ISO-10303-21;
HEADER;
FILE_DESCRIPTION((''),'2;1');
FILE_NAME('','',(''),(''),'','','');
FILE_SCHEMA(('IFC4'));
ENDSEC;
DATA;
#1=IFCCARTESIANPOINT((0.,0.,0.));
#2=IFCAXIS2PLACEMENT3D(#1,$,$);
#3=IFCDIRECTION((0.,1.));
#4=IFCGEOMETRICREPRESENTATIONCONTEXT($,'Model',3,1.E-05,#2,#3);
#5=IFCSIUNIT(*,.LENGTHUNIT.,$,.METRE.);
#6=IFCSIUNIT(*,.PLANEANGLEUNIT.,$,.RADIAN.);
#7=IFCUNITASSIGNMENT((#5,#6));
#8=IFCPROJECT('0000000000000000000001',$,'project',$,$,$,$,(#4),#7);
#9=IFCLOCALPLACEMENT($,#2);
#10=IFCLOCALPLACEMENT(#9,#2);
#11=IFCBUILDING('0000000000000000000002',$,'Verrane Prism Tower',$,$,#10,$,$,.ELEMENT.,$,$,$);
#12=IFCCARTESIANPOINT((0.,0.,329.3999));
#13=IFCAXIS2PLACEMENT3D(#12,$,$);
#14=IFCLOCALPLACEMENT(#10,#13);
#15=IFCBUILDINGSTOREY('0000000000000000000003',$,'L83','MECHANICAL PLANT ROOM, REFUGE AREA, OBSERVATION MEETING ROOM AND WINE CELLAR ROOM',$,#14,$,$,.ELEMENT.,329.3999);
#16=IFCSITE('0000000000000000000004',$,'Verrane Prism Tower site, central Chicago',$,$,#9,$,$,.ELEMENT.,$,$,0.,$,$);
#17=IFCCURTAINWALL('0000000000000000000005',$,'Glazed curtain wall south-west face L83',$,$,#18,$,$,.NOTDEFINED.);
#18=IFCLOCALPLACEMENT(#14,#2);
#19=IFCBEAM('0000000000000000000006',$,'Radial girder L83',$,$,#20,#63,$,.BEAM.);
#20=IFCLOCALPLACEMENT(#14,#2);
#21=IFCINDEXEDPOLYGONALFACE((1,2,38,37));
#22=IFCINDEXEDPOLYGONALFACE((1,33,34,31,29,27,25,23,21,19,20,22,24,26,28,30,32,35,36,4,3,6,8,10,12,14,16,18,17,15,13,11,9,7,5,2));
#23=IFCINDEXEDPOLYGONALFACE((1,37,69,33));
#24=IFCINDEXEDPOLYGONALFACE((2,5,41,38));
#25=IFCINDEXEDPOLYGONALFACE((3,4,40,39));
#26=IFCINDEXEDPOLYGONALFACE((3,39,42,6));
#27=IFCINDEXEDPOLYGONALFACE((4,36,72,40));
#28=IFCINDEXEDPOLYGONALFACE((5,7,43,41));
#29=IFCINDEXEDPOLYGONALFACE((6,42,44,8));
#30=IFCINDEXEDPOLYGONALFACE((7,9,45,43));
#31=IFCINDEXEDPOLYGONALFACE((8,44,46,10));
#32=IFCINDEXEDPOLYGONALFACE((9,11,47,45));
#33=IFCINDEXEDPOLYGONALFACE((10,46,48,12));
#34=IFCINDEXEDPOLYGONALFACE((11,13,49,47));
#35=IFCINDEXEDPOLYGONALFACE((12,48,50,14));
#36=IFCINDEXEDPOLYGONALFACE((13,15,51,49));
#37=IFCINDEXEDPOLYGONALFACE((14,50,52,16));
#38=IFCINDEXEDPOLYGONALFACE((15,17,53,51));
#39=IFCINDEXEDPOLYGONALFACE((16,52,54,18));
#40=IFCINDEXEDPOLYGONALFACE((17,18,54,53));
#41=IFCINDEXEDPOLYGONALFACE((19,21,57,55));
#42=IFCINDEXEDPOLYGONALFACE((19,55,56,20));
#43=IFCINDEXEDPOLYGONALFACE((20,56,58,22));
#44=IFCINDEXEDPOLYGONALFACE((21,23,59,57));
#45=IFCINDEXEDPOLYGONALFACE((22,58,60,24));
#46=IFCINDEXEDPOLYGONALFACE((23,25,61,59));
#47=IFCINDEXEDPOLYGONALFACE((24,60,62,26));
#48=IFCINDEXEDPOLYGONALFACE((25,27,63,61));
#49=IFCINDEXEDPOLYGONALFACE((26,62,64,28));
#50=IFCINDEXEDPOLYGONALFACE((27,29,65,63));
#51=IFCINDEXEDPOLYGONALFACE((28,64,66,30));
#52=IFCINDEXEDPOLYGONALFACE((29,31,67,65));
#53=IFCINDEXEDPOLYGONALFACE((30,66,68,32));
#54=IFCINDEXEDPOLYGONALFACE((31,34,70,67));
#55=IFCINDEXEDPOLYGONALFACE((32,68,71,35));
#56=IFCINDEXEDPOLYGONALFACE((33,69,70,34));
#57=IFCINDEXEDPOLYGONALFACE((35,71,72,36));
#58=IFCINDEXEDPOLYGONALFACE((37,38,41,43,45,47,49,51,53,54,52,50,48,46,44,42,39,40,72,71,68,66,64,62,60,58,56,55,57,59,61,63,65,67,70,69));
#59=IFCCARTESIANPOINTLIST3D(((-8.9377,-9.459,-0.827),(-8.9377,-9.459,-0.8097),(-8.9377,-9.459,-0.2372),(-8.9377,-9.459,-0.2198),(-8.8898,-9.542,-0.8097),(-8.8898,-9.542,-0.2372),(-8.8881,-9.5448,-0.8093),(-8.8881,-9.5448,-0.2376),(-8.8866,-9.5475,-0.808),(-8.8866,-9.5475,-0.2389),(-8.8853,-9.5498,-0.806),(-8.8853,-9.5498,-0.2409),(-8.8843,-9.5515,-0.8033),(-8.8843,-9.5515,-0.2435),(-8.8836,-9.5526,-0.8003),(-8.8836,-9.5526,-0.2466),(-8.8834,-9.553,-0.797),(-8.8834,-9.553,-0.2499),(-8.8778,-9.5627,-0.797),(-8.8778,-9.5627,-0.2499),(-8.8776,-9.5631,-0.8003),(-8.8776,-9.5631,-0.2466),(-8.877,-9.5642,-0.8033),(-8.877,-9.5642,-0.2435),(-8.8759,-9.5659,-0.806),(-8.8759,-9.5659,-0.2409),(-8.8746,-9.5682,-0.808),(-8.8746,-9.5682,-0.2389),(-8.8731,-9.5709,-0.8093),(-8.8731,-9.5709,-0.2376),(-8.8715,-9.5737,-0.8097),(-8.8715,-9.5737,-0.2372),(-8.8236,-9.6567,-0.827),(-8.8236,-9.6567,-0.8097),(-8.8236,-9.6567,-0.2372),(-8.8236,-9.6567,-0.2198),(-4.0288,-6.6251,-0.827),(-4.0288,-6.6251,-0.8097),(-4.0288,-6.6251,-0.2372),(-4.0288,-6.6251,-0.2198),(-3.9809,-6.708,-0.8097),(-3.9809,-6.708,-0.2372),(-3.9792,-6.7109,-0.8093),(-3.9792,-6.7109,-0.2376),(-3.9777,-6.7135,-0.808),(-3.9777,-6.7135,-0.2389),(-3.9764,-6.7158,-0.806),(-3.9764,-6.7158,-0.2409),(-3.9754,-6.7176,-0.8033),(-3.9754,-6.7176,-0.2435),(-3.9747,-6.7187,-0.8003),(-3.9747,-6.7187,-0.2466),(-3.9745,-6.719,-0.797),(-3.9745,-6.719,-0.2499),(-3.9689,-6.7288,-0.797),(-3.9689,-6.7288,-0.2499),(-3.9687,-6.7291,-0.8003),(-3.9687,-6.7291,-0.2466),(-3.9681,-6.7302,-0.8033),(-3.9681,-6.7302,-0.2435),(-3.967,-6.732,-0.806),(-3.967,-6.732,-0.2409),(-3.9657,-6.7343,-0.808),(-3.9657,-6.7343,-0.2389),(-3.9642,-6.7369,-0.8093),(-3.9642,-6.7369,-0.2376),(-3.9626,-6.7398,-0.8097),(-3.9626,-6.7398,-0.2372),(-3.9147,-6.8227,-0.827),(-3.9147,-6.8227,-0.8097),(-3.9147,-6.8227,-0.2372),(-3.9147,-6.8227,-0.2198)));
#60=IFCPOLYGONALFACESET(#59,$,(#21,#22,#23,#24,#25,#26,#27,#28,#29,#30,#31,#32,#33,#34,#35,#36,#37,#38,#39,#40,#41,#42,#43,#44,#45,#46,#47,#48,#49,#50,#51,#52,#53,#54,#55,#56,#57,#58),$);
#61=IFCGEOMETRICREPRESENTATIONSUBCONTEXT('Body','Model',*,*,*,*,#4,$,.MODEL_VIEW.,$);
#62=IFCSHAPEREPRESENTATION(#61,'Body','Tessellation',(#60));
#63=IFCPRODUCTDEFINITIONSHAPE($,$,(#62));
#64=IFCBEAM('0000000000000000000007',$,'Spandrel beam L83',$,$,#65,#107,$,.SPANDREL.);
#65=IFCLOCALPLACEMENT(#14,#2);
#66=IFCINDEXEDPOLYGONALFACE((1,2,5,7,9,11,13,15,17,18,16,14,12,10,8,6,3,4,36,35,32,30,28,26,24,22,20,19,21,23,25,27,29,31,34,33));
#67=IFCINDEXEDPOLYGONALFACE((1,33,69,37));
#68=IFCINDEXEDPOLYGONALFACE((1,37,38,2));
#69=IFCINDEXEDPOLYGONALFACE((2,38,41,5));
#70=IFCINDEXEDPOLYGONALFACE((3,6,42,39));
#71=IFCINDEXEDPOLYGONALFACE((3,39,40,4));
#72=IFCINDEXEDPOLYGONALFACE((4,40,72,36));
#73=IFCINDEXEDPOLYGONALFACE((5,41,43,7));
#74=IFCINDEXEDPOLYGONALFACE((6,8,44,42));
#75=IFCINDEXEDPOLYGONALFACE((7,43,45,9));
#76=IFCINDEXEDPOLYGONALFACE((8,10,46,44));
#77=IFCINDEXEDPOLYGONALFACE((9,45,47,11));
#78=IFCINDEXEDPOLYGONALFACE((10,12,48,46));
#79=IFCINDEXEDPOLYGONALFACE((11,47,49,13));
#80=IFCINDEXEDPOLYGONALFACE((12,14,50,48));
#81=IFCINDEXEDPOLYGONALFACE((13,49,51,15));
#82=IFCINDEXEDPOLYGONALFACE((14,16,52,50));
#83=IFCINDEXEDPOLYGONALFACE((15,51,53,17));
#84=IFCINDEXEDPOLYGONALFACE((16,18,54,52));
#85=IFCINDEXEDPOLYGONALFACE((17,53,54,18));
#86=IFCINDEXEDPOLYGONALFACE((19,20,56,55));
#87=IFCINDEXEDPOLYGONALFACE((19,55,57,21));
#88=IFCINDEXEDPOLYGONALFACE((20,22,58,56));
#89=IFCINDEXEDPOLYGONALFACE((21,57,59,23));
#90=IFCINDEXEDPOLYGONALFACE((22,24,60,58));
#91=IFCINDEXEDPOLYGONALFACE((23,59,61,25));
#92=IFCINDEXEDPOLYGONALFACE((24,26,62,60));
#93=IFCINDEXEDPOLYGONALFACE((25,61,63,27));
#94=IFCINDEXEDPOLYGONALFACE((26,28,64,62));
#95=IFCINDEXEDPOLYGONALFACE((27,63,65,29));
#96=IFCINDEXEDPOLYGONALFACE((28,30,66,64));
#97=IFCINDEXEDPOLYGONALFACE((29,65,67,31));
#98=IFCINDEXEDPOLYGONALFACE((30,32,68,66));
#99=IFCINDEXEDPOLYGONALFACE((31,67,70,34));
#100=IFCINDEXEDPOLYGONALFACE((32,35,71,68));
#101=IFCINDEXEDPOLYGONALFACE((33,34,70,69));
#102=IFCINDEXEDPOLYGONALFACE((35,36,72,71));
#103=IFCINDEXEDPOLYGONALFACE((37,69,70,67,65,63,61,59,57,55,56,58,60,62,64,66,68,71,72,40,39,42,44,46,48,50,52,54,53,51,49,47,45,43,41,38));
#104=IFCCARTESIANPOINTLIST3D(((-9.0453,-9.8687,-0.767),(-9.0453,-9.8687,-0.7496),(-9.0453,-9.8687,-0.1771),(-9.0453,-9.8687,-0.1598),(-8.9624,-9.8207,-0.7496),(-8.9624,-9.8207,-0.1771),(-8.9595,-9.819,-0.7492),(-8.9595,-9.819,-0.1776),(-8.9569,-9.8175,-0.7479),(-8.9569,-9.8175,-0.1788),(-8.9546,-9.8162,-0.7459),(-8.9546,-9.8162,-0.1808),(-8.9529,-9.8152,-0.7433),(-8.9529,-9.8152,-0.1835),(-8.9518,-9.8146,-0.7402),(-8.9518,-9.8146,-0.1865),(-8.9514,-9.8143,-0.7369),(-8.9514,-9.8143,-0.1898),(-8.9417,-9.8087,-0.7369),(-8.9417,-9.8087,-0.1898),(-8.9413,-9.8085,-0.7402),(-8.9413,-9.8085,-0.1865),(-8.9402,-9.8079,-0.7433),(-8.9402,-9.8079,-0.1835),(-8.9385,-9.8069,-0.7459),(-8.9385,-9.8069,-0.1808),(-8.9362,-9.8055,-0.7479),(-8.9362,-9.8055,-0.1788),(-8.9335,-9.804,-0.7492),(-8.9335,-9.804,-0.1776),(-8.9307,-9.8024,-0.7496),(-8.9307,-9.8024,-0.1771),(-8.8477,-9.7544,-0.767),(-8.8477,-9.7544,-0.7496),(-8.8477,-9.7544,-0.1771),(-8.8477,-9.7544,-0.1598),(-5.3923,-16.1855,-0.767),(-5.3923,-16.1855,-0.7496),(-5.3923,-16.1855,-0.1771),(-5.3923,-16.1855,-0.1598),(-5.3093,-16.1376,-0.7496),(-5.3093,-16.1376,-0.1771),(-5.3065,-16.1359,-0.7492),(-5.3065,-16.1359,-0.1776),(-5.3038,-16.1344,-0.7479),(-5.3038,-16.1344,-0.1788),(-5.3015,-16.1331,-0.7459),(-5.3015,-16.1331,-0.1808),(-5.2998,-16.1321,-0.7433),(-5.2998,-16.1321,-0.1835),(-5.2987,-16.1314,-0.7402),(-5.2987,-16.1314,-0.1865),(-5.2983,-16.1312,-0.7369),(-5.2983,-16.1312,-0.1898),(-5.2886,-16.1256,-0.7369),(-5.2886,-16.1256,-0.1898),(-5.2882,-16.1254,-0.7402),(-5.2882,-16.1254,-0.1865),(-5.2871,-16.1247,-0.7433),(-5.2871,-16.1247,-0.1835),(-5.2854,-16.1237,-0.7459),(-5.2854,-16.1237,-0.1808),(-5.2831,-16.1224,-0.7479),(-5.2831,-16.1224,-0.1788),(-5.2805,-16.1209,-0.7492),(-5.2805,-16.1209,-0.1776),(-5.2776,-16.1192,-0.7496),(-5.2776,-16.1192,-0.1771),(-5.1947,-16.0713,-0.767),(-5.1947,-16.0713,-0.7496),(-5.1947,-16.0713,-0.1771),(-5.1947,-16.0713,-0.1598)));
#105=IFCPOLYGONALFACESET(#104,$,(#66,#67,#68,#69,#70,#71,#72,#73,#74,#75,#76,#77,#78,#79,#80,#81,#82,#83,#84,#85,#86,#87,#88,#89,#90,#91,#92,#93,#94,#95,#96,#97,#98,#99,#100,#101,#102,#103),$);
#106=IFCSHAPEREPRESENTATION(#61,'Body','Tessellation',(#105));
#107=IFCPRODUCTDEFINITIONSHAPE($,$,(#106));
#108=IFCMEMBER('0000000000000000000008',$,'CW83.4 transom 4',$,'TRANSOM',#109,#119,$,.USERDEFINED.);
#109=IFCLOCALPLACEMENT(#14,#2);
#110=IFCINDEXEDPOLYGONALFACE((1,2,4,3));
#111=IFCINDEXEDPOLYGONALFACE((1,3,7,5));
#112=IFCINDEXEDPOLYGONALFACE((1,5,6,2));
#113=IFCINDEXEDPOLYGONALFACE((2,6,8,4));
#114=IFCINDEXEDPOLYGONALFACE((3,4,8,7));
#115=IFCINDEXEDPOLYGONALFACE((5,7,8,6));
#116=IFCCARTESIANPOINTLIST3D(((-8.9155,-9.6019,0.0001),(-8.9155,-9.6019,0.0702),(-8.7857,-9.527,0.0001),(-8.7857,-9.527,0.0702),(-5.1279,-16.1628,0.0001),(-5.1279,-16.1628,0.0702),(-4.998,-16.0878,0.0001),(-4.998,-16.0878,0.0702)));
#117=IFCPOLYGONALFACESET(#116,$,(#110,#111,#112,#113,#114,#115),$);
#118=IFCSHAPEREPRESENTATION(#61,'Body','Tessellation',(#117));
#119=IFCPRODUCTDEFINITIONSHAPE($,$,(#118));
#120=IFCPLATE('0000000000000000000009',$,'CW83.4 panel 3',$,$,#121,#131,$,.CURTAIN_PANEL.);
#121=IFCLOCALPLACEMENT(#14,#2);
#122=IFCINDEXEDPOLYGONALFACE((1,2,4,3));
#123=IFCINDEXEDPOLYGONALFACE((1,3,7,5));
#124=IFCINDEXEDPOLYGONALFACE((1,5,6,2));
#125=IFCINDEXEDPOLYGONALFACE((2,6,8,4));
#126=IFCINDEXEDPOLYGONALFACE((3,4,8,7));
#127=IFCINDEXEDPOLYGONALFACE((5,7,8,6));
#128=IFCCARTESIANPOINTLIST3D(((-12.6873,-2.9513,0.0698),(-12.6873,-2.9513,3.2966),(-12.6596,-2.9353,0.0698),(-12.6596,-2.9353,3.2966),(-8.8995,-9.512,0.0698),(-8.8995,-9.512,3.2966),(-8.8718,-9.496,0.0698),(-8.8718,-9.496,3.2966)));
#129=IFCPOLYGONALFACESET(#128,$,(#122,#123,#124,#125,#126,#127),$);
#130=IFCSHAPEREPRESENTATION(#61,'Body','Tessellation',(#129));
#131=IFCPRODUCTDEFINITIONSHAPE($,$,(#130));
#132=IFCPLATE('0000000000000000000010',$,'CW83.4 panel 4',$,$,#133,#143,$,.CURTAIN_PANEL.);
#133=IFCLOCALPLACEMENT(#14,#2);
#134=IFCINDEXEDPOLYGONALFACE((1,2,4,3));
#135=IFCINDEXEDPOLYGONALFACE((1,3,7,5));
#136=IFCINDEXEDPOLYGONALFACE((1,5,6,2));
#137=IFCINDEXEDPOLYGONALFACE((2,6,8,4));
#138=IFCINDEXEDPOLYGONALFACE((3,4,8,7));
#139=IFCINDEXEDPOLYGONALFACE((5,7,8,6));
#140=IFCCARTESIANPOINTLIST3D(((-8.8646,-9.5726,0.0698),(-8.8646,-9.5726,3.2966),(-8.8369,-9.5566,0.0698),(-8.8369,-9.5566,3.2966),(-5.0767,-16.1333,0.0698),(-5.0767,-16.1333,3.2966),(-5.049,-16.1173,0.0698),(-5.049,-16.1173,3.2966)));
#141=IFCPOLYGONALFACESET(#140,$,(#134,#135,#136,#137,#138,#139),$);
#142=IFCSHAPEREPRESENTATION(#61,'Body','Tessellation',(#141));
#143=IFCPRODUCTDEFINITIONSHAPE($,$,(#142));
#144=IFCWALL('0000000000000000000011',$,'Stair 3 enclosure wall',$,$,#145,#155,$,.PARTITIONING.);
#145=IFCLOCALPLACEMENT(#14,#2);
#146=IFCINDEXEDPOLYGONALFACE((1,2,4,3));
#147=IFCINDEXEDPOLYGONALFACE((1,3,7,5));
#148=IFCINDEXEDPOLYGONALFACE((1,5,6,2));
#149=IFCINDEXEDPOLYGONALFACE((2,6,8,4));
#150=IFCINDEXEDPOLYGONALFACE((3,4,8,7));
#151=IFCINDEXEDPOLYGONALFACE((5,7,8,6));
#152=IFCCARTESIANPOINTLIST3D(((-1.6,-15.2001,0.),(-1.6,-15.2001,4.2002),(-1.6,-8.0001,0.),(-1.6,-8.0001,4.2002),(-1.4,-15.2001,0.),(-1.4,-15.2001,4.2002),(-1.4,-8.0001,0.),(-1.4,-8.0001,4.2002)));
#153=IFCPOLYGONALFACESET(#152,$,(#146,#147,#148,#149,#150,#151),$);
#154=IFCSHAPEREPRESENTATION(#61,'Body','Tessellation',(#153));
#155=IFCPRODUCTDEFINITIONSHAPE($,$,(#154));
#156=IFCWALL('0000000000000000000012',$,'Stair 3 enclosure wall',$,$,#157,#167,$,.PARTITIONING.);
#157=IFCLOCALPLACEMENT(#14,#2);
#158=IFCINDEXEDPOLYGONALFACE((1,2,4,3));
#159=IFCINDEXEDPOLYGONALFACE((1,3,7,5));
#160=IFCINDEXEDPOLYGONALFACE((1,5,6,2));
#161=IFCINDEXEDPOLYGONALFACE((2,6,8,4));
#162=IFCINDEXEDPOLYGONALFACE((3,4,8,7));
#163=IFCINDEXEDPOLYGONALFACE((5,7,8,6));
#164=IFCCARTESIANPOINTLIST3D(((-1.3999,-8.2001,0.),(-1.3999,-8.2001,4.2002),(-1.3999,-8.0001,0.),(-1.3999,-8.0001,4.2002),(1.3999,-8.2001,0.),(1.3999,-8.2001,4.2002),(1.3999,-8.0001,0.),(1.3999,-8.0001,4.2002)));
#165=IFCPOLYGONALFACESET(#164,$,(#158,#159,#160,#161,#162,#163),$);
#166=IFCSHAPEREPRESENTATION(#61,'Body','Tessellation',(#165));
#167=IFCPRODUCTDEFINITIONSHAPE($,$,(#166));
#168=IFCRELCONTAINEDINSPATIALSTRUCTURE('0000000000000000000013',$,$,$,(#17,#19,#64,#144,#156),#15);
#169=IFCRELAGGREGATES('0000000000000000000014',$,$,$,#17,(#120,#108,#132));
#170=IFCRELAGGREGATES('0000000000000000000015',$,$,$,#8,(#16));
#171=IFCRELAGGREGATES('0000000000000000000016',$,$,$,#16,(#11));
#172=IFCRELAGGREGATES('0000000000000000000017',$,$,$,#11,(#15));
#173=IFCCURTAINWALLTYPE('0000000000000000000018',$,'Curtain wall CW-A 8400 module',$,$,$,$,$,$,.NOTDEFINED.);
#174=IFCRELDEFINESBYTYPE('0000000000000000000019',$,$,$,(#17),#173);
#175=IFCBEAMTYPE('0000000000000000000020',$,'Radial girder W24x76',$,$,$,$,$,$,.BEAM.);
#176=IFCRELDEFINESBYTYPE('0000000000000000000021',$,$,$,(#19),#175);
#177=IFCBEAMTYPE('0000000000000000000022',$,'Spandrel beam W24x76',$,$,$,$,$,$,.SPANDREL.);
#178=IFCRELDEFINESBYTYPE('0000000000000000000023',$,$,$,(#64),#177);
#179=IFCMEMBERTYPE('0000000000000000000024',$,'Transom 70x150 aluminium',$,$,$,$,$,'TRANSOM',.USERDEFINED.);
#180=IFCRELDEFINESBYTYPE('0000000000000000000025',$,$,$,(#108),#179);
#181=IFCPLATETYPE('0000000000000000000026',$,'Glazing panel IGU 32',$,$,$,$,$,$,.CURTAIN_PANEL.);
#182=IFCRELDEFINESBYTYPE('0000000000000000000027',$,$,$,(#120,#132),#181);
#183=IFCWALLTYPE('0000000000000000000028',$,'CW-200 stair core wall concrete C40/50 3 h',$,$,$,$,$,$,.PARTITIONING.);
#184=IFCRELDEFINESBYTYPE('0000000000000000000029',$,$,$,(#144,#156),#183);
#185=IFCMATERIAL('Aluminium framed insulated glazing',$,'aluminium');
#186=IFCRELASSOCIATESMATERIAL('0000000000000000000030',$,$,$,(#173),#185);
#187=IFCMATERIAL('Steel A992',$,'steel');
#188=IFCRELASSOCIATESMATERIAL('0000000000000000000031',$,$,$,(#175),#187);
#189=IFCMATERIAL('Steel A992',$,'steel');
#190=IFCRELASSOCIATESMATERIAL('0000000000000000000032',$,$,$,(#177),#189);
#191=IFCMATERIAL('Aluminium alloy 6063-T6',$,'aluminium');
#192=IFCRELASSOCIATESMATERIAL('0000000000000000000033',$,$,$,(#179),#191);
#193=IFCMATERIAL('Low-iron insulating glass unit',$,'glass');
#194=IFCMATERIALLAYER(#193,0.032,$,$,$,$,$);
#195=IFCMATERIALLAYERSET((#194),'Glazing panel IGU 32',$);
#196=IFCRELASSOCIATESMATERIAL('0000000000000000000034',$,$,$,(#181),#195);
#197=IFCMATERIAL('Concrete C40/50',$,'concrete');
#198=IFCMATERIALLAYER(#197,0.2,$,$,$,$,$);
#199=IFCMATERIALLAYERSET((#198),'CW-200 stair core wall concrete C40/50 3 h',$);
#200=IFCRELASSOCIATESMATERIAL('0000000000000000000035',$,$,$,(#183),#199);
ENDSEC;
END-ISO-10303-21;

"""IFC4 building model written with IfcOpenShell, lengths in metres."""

from ifc_helpers import new_model, si_unit, direction, frame, frame_2d, origin, origin_2d, place, context, subcontext, project, spatial, rectangle, i_section, extrude, material, layer, layer_set, material_profile, profile_set, type_object, element, aggregate, save


model = new_model("IFC4")

# Units and contexts
model_context = context("Model", 3, precision=1e-05, world=origin(), true_north=direction((0.0, 1.0)))
body_context = subcontext(model_context, "Body", "Model", "MODEL_VIEW")
ifc_project = project(units=[si_unit("LENGTHUNIT", "METRE"), si_unit("PLANEANGLEUNIT", "RADIAN")], contexts=[model_context])

# Site, building, storey
site_placement = place(None, origin())
site = spatial("IfcSite", under=ifc_project, at=site_placement, Name="Verrane Prism Tower site, central Chicago", CompositionType="ELEMENT", RefElevation=0.0)
building_placement = place(site_placement, origin())
building = spatial("IfcBuilding", under=site, at=building_placement, Name="Verrane Prism Tower", CompositionType="ELEMENT")
storey_placement = place(building_placement, frame((0.0, 0.0, 329.3999)))
storey = spatial("IfcBuildingStorey", under=building, at=storey_placement, Name="L83", Description="MECHANICAL PLANT ROOM, REFUGE AREA, OBSERVATION MEETING ROOM AND WINE CELLAR ROOM", CompositionType="ELEMENT", Elevation=329.3999)

# Curtain wall
ifc_material_1 = material(Name="Aluminium framed insulated glazing", Category="aluminium")
curtain_wall_type = type_object("IfcCurtainWallType", Name="Curtain wall CW-A 8400 module", PredefinedType="NOTDEFINED", material=ifc_material_1)
curtain_wall_placement = place(storey_placement, origin())
curtain_wall = element("IfcCurtainWall", 1, at=curtain_wall_placement, inside=storey, type_object=curtain_wall_type, Name="Glazed curtain wall south-west face L83", PredefinedType="NOTDEFINED")

# Beams
ifc_material_2 = material(Name="Steel A992", Category="steel")
ifc_material_profile_1 = material_profile(ifc_material_2, i_section(OverallWidth=0.2283, OverallDepth=0.6072, WebThickness=0.0112, FlangeThickness=0.0173, FilletRadius=0.0127, at=origin_2d()), Name="W24x76")
ifc_profile_set_1 = profile_set([ifc_material_profile_1], Name="Steel A992")
beam_type_1 = type_object("IfcBeamType", Name="Radial girder W24x76", PredefinedType="BEAM", material=ifc_profile_set_1)
beam_1_placement = place(storey_placement, frame((-8.8806, -9.5579, -0.5234), z_axis=(0.86604, 0.499975, 0.0), x_axis=(-0.499975, 0.86604, 0.0)))
element("IfcBeam", 2, at=beam_1_placement, inside=storey, type_object=beam_type_1, Name="Radial girder L83", PredefinedType="BEAM", context=body_context, shape_type="SweptSolid", body=[
    extrude(i_section(OverallWidth=0.2283, OverallDepth=0.6072, WebThickness=0.0112, FlangeThickness=0.0173, FilletRadius=0.0127, at=origin_2d()), origin(), (0.0, 0.0, 1.0), 5.6682),
])
ifc_material_3 = material(Name="Steel A992", Category="steel")
ifc_material_profile_2 = material_profile(ifc_material_3, i_section(OverallWidth=0.2283, OverallDepth=0.6072, WebThickness=0.0112, FlangeThickness=0.0173, FilletRadius=0.0127, at=origin_2d()), Name="W24x76")
ifc_profile_set_2 = profile_set([ifc_material_profile_2], Name="Steel A992")
beam_type_2 = type_object("IfcBeamType", Name="Spandrel beam W24x76", PredefinedType="SPANDREL", material=ifc_profile_set_2)
beam_2_placement = place(storey_placement, frame((-8.9465, -9.8115, -0.4634), z_axis=(0.500618, -0.865668, 0.0), x_axis=(0.865668, 0.500618, 0.0)))
element("IfcBeam", 3, at=beam_2_placement, inside=storey, type_object=beam_type_2, Name="Spandrel beam L83", PredefinedType="SPANDREL", context=body_context, shape_type="SweptSolid", body=[
    extrude(i_section(OverallWidth=0.2283, OverallDepth=0.6072, WebThickness=0.0112, FlangeThickness=0.0173, FilletRadius=0.0127, at=origin_2d()), origin(), (0.0, 0.0, 1.0), 7.2971),
])

# Member
ifc_material_4 = material(Name="Aluminium alloy 6063-T6", Category="aluminium")
ifc_material_profile_3 = material_profile(ifc_material_4, rectangle(XDim=0.1499, YDim=0.0701, at=origin_2d()), Name="Transom 70x150 aluminium")
ifc_profile_set_3 = profile_set([ifc_material_profile_3], Name="Aluminium alloy 6063-T6")
member_type_1 = type_object("IfcMemberType", Name="Transom 70x150 aluminium", ElementType="TRANSOM", PredefinedType="USERDEFINED", material=ifc_profile_set_3)
member_1_placement = place(storey_placement, frame((-8.8506, -9.5645, 0.0352), z_axis=(0.499973, -0.866041, 0.0), x_axis=(0.866041, 0.499973, 0.0)))
member_1 = element("IfcMember", 4, at=member_1_placement, type_object=member_type_1, Name="CW83.4 transom 4", ObjectType="TRANSOM", PredefinedType="USERDEFINED", context=body_context, shape_type="SweptSolid", body=[
    extrude(rectangle(XDim=0.1499, YDim=0.0701, at=origin_2d()), origin(), (0.0, 0.0, 1.0), 7.5757),
])

# Plates
ifc_material_5 = material(Name="Low-iron insulating glass unit", Category="glass")
ifc_layer_1 = layer(ifc_material_5, 0.032)
ifc_layer_set_1 = layer_set([ifc_layer_1], Name="Glazing panel IGU 32")
plate_type = type_object("IfcPlateType", Name="Glazing panel IGU 32", PredefinedType="CURTAIN_PANEL", material=ifc_layer_set_1)
plate_1_placement = place(storey_placement, frame((-10.7795, -6.2236, 0.0698), z_axis=(0.0, 0.0, 1.0), x_axis=(0.5, -0.866025, 0.0)))
plate_1 = element("IfcPlate", 5, at=plate_1_placement, type_object=plate_type, Name="CW83.4 panel 3", PredefinedType="CURTAIN_PANEL", context=body_context, shape_type="SweptSolid", body=[
    extrude(rectangle(XDim=7.5757, YDim=0.032, at=origin_2d()), origin(), (0.0, 0.0, 1.0), 3.2268),
])
plate_2_placement = place(storey_placement, frame((-6.9568, -12.845, 0.0698), z_axis=(0.0, 0.0, 1.0), x_axis=(0.5, -0.866025, 0.0)))
plate_2 = element("IfcPlate", 6, at=plate_2_placement, type_object=plate_type, Name="CW83.4 panel 4", PredefinedType="CURTAIN_PANEL", context=body_context, shape_type="SweptSolid", body=[
    extrude(rectangle(XDim=7.5757, YDim=0.032, at=origin_2d()), origin(), (0.0, 0.0, 1.0), 3.2268),
])
aggregate(curtain_wall, [plate_1, member_1, plate_2])

# Walls
ifc_material_6 = material(Name="Concrete C40/50", Category="concrete")
ifc_layer_2 = layer(ifc_material_6, 0.2)
ifc_layer_set_2 = layer_set([ifc_layer_2], Name="CW-200 stair core wall concrete C40/50 3 h")
wall_type_1 = type_object("IfcWallType", Name="CW-200 stair core wall concrete C40/50 3 h", PredefinedType="PARTITIONING", material=ifc_layer_set_2)
wall_1_placement = place(storey_placement, frame((-1.5, -8.0, 0.0), z_axis=(0.0, 0.0, 1.0), x_axis=(0.0, -1.0, 0.0)))
element("IfcWall", 7, at=wall_1_placement, inside=storey, type_object=wall_type_1, Name="Stair 3 enclosure wall", PredefinedType="PARTITIONING", context=body_context, shape_type="SweptSolid", body=[
    extrude(rectangle(XDim=7.2, YDim=0.2, at=frame_2d((3.6001, 0.0))), origin(), (0.0, 0.0, 1.0), 4.2002),
])
wall_2_placement = place(storey_placement, frame((-1.3999, -8.1001, 0.0), z_axis=(0.0, 0.0, 1.0), x_axis=(1.0, 0.0, 0.0)))
element("IfcWall", 8, at=wall_2_placement, inside=storey, type_object=wall_type_1, Name="Stair 3 enclosure wall", PredefinedType="PARTITIONING", context=body_context, shape_type="SweptSolid", body=[
    extrude(rectangle(XDim=2.7998, YDim=0.2, at=frame_2d((1.3999, 0.0))), origin(), (0.0, 0.0, 1.0), 4.2002),
])

save(model, "model.ifc")
